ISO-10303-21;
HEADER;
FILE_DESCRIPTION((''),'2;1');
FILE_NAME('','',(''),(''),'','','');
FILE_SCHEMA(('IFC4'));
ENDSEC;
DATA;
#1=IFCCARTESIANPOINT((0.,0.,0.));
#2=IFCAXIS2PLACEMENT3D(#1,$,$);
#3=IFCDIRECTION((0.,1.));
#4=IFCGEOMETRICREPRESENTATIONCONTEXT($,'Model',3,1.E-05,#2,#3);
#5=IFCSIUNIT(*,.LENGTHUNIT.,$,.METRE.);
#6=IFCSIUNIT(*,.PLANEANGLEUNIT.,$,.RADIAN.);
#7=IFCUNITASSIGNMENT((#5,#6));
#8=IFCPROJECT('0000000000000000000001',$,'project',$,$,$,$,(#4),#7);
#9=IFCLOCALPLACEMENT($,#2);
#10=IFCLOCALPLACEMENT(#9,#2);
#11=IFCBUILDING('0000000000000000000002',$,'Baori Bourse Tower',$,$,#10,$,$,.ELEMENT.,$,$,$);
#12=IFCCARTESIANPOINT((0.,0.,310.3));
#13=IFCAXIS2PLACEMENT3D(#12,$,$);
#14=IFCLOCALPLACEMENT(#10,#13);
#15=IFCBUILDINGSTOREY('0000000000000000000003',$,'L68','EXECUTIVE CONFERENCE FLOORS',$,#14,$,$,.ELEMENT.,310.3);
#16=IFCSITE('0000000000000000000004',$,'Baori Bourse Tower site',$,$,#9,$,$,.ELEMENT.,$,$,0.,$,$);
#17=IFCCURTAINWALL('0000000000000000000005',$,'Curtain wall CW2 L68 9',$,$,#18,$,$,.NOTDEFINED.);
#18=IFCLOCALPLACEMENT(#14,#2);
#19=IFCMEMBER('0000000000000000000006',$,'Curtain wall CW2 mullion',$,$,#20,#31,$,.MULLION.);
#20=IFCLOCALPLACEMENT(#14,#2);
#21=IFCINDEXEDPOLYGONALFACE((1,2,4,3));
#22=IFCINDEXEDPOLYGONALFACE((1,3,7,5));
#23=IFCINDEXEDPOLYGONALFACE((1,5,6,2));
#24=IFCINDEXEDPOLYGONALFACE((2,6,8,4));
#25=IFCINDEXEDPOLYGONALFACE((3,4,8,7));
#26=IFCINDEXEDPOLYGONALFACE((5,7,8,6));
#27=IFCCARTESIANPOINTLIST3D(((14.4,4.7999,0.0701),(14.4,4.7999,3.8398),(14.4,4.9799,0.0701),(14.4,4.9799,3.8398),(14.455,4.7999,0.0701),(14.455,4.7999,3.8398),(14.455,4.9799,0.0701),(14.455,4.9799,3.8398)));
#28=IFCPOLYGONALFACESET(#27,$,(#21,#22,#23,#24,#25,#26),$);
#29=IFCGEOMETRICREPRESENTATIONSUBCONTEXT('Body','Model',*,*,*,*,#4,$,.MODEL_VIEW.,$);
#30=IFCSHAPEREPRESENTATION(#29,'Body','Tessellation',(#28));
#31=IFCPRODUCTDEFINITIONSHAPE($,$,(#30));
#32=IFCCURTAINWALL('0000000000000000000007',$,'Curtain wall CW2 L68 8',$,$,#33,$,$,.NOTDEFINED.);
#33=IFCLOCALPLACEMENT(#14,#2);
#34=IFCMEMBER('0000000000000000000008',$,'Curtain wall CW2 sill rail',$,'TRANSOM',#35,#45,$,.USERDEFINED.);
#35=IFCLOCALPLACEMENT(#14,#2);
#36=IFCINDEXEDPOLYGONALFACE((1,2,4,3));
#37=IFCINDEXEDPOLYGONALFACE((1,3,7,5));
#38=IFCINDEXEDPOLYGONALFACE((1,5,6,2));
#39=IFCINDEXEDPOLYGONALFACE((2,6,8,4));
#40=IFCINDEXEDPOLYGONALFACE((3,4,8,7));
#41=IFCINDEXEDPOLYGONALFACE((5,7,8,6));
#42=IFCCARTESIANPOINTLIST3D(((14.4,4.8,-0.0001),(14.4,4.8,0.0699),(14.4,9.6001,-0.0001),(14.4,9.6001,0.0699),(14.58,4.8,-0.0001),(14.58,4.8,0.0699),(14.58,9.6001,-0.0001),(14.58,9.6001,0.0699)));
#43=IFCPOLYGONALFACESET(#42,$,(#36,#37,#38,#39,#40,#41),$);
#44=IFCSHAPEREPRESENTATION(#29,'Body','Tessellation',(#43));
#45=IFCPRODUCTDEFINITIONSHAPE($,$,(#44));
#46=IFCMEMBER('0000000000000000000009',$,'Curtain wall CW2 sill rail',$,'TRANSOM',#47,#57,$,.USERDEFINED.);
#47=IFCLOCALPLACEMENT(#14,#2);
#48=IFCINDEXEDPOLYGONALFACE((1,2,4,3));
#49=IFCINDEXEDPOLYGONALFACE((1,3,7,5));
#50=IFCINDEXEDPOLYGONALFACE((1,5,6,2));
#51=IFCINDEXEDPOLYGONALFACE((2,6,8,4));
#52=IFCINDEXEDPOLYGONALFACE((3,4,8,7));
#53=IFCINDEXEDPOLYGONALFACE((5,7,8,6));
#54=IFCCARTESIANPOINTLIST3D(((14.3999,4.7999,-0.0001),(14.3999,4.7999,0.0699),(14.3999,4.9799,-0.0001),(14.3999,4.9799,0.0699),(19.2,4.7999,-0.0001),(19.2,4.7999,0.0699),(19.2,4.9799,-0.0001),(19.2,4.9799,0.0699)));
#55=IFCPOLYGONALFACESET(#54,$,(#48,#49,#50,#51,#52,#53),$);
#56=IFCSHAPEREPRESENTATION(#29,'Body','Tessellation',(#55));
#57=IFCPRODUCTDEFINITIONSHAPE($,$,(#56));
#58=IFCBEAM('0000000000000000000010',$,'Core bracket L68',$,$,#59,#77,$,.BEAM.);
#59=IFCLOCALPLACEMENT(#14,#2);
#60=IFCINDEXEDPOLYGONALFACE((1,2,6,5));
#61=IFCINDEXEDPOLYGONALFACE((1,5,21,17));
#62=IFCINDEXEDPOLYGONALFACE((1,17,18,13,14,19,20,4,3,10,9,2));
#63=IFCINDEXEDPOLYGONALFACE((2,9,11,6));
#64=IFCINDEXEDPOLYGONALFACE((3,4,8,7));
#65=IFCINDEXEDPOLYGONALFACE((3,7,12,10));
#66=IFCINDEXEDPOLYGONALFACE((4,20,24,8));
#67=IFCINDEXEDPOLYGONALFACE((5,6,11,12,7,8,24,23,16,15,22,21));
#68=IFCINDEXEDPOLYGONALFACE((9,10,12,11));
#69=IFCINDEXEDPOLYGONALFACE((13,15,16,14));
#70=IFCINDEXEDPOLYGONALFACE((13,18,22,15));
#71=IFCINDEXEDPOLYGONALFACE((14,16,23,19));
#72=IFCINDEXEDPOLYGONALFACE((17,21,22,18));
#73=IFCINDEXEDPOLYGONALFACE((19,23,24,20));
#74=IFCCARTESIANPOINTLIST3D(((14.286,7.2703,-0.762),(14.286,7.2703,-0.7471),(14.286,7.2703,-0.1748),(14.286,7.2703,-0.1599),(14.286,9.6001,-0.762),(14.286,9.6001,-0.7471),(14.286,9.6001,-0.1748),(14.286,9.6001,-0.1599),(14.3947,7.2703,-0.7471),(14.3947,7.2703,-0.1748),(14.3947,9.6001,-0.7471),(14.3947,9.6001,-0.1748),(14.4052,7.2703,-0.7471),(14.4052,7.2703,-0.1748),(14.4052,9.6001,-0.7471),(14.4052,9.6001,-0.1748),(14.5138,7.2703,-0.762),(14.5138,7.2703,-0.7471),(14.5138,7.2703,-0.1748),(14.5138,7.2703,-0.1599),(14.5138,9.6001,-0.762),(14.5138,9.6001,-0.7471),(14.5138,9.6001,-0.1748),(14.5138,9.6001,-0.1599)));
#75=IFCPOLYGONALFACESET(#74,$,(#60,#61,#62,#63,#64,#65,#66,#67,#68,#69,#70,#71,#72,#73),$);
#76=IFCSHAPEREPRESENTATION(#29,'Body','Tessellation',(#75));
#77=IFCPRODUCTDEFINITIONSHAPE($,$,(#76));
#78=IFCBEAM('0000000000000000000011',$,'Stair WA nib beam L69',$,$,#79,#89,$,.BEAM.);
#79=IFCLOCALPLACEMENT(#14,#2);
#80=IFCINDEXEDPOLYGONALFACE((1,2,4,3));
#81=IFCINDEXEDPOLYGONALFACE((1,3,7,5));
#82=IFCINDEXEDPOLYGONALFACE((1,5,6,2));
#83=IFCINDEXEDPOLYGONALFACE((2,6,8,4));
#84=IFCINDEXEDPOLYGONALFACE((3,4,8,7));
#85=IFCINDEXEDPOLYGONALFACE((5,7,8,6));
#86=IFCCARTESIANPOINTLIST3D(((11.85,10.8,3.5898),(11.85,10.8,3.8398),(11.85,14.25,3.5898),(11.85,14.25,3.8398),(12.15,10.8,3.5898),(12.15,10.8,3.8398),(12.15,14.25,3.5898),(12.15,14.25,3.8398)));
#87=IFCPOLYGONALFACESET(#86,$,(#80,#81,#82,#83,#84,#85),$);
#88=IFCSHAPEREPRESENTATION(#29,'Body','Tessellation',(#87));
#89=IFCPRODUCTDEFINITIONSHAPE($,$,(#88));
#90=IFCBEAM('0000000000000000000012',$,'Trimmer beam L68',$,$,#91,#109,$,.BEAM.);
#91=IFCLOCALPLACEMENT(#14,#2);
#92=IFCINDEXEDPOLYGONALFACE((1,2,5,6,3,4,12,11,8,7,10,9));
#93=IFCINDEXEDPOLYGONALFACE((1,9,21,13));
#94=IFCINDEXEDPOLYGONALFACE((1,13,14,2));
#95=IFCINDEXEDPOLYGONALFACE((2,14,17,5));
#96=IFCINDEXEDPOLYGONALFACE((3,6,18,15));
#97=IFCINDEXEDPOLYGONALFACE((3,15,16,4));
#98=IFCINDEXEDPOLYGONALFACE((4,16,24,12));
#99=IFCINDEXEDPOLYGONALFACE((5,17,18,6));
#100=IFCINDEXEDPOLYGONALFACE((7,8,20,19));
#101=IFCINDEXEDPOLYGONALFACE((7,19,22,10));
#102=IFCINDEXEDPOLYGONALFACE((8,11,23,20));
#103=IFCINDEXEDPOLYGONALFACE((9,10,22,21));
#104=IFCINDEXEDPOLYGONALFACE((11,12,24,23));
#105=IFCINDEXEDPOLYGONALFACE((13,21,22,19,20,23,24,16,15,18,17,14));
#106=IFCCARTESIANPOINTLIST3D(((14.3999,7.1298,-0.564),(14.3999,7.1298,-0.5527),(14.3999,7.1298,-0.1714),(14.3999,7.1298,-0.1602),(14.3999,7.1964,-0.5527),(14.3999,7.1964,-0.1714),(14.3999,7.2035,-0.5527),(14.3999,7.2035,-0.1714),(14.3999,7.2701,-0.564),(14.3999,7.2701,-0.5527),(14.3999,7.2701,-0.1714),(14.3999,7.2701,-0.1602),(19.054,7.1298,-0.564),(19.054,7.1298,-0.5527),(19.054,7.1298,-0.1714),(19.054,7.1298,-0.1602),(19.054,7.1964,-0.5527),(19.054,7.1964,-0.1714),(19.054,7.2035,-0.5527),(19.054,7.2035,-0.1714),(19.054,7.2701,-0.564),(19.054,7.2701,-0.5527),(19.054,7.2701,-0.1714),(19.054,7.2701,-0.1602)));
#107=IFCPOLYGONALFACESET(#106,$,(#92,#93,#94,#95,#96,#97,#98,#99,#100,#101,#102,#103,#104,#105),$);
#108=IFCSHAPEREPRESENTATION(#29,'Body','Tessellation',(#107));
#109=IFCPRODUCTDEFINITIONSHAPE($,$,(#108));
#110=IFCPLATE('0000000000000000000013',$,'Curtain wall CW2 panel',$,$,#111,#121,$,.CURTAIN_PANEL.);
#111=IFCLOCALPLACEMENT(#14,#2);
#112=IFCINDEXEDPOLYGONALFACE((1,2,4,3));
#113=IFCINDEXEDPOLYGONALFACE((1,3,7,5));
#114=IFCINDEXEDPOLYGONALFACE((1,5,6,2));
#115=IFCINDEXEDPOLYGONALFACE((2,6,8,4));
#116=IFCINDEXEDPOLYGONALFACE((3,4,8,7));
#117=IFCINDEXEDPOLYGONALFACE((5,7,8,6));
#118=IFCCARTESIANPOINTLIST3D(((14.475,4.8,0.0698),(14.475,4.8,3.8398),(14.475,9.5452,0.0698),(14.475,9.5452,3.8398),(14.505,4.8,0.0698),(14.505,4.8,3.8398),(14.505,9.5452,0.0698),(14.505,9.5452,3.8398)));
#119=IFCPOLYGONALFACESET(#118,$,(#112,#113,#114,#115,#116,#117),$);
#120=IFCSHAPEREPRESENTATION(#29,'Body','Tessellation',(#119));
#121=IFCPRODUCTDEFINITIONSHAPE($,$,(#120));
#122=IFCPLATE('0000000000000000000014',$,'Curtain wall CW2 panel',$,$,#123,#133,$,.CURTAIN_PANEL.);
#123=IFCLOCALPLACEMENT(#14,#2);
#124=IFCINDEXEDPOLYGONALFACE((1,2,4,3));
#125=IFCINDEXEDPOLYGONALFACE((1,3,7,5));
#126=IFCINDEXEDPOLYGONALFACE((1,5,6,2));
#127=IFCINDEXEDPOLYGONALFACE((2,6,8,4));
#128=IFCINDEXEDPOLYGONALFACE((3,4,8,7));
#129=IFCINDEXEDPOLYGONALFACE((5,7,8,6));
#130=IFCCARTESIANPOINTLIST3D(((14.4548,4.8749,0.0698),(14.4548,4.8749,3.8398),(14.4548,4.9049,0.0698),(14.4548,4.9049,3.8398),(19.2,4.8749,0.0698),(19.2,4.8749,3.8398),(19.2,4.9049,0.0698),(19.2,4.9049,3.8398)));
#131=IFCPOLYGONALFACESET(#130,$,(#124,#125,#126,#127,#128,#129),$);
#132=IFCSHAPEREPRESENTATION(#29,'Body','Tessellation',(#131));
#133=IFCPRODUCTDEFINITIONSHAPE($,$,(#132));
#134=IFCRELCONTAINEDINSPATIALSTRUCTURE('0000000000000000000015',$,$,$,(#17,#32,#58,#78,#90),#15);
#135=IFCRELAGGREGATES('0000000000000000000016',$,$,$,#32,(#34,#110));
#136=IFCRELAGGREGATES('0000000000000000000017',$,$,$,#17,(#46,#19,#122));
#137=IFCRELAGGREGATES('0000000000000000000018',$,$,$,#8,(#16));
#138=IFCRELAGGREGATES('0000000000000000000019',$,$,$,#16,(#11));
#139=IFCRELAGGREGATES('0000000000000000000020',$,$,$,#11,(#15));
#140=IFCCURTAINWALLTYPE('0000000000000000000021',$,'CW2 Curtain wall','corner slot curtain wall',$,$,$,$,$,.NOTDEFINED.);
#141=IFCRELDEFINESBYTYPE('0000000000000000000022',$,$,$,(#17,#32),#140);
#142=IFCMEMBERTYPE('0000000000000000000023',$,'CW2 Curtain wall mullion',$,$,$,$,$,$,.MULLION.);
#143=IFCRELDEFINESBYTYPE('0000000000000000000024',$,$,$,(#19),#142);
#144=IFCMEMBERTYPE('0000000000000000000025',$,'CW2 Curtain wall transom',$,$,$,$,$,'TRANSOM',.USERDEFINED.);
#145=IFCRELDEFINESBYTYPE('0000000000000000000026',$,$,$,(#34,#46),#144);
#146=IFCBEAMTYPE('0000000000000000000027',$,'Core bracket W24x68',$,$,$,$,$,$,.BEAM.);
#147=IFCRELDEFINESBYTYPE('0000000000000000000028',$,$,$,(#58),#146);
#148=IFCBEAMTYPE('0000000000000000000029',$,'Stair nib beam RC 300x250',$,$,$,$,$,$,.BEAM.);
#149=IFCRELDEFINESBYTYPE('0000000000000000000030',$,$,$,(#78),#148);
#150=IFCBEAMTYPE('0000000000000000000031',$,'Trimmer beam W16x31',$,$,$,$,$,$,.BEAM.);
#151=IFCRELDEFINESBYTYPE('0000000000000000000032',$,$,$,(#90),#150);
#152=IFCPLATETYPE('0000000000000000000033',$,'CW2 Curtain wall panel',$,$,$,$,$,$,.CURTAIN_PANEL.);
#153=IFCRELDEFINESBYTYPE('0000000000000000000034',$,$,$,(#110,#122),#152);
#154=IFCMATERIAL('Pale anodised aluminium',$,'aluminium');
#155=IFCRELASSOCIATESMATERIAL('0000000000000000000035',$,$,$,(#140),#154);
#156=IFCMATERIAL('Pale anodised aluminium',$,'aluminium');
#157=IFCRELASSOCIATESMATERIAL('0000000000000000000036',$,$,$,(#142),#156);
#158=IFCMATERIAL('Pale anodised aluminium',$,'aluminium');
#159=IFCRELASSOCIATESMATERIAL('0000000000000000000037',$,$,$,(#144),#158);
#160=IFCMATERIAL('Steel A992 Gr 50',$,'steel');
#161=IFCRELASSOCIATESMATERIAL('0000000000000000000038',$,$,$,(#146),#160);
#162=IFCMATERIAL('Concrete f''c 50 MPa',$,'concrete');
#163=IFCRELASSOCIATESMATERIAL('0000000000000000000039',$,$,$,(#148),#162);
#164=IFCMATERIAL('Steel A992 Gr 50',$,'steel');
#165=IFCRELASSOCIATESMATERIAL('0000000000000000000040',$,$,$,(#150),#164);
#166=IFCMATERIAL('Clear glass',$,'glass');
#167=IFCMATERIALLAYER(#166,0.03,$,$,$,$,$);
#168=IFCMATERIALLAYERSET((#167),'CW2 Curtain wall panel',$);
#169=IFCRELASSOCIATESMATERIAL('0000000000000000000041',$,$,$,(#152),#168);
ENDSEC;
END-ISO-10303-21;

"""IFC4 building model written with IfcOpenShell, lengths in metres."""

from ifc_helpers import new_model, si_unit, direction, frame, origin, origin_2d, place, context, subcontext, project, spatial, rectangle, i_section, extrude, material, layer, layer_set, material_profile, profile_set, type_object, element, aggregate, save


model = new_model("IFC4")

# Units and contexts
model_context = context("Model", 3, precision=1e-05, world=origin(), true_north=direction((0.0, 1.0)))
body_context = subcontext(model_context, "Body", "Model", "MODEL_VIEW")
ifc_project = project(units=[si_unit("LENGTHUNIT", "METRE"), si_unit("PLANEANGLEUNIT", "RADIAN")], contexts=[model_context])

# Site, building, storey
site_placement = place(None, origin())
site = spatial("IfcSite", under=ifc_project, at=site_placement, Name="Baori Bourse Tower site", CompositionType="ELEMENT", RefElevation=0.0)
building_placement = place(site_placement, origin())
building = spatial("IfcBuilding", under=site, at=building_placement, Name="Baori Bourse Tower", CompositionType="ELEMENT")
storey_placement = place(building_placement, frame((0.0, 0.0, 310.3)))
storey = spatial("IfcBuildingStorey", under=building, at=storey_placement, Name="L68", Description="EXECUTIVE CONFERENCE FLOORS", CompositionType="ELEMENT", Elevation=310.3)

# Curtain walls, members
ifc_material_1 = material(Name="Pale anodised aluminium", Category="aluminium")
curtain_wall_type = type_object("IfcCurtainWallType", Name="CW2 Curtain wall", Description="corner slot curtain wall", PredefinedType="NOTDEFINED", material=ifc_material_1)
curtain_wall_1_placement = place(storey_placement, origin())
curtain_wall_1 = element("IfcCurtainWall", 1, at=curtain_wall_1_placement, inside=storey, type_object=curtain_wall_type, Name="Curtain wall CW2 L68 9", PredefinedType="NOTDEFINED")
ifc_material_2 = material(Name="Pale anodised aluminium", Category="aluminium")
ifc_material_profile_1 = material_profile(ifc_material_2, rectangle(XDim=0.1799, YDim=0.0549, at=origin_2d()), Name="Mullion 55x180")
ifc_profile_set_1 = profile_set([ifc_material_profile_1], Name="Pale anodised aluminium")
member_type_1 = type_object("IfcMemberType", Name="CW2 Curtain wall mullion", PredefinedType="MULLION", material=ifc_profile_set_1)
member_1_placement = place(storey_placement, frame((14.4275, 4.8899, 0.0701), z_axis=(0.0, 0.0, 1.0), x_axis=(0.0, 1.0, 0.0)))
member_1 = element("IfcMember", 2, at=member_1_placement, type_object=member_type_1, Name="Curtain wall CW2 mullion", PredefinedType="MULLION", context=body_context, shape_type="SweptSolid", body=[
    extrude(rectangle(XDim=0.1799, YDim=0.0549, at=origin_2d()), origin(), (0.0, 0.0, 1.0), 3.7698),
])
curtain_wall_2_placement = place(storey_placement, origin())
curtain_wall_2 = element("IfcCurtainWall", 3, at=curtain_wall_2_placement, inside=storey, type_object=curtain_wall_type, Name="Curtain wall CW2 L68 8", PredefinedType="NOTDEFINED")
ifc_material_3 = material(Name="Pale anodised aluminium", Category="aluminium")
ifc_material_profile_2 = material_profile(ifc_material_3, rectangle(XDim=0.1799, YDim=0.0701, at=origin_2d()), Name="Transom 70x180")
ifc_profile_set_2 = profile_set([ifc_material_profile_2], Name="Pale anodised aluminium")
member_type_2 = type_object("IfcMemberType", Name="CW2 Curtain wall transom", ElementType="TRANSOM", PredefinedType="USERDEFINED", material=ifc_profile_set_2)
member_2_placement = place(storey_placement, frame((14.49, 9.6001, 0.0349), z_axis=(0.0, -1.0, 0.0), x_axis=(1.0, 0.0, 0.0)))
member_2 = element("IfcMember", 4, at=member_2_placement, type_object=member_type_2, Name="Curtain wall CW2 sill rail", ObjectType="TRANSOM", PredefinedType="USERDEFINED", context=body_context, shape_type="SweptSolid", body=[
    extrude(rectangle(XDim=0.1799, YDim=0.0701, at=origin_2d()), origin(), (0.0, 0.0, 1.0), 4.8),
])

# Member
member_3_placement = place(storey_placement, frame((14.3999, 4.8899, 0.0349), z_axis=(1.0, 0.0, 0.0), x_axis=(0.0, 1.0, 0.0)))
member_3 = element("IfcMember", 5, at=member_3_placement, type_object=member_type_2, Name="Curtain wall CW2 sill rail", ObjectType="TRANSOM", PredefinedType="USERDEFINED", context=body_context, shape_type="SweptSolid", body=[
    extrude(rectangle(XDim=0.1799, YDim=0.0701, at=origin_2d()), origin(), (0.0, 0.0, 1.0), 4.8),
])

# Beams
ifc_material_4 = material(Name="Steel A992 Gr 50", Category="steel")
ifc_material_profile_3 = material_profile(ifc_material_4, i_section(OverallWidth=0.2278, OverallDepth=0.6021, WebThickness=0.0105, FlangeThickness=0.0149, at=origin_2d()), Name="W24x68")
ifc_profile_set_3 = profile_set([ifc_material_profile_3], Name="Steel A992 Gr 50")
beam_type_1 = type_object("IfcBeamType", Name="Core bracket W24x68", PredefinedType="BEAM", material=ifc_profile_set_3)
beam_1_placement = place(storey_placement, frame((14.3999, 7.2703, -0.4609), z_axis=(0.0, 1.0, 0.0), x_axis=(-1.0, 0.0, 0.0)))
element("IfcBeam", 6, at=beam_1_placement, inside=storey, type_object=beam_type_1, Name="Core bracket L68", PredefinedType="BEAM", context=body_context, shape_type="SweptSolid", body=[
    extrude(i_section(OverallWidth=0.2278, OverallDepth=0.6021, WebThickness=0.0105, FlangeThickness=0.0149, at=origin_2d()), origin(), (0.0, 0.0, 1.0), 2.3298),
])
ifc_material_5 = material(Name="Concrete f'c 50 MPa", Category="concrete")
ifc_material_profile_4 = material_profile(ifc_material_5, rectangle(XDim=0.3, YDim=0.25, at=origin_2d()), Name="RC 300x250")
ifc_profile_set_4 = profile_set([ifc_material_profile_4], Name="Concrete f'c 50 MPa")
beam_type_2 = type_object("IfcBeamType", Name="Stair nib beam RC 300x250", PredefinedType="BEAM", material=ifc_profile_set_4)
beam_2_placement = place(storey_placement, frame((12.0, 10.8, 3.7148), z_axis=(0.0, 1.0, 0.0), x_axis=(-1.0, 0.0, 0.0)))
element("IfcBeam", 7, at=beam_2_placement, inside=storey, type_object=beam_type_2, Name="Stair WA nib beam L69", PredefinedType="BEAM", context=body_context, shape_type="SweptSolid", body=[
    extrude(rectangle(XDim=0.3, YDim=0.25, at=origin_2d()), origin(), (0.0, 0.0, 1.0), 3.45),
])
ifc_material_6 = material(Name="Steel A992 Gr 50", Category="steel")
ifc_material_profile_5 = material_profile(ifc_material_6, i_section(OverallWidth=0.1404, OverallDepth=0.4038, WebThickness=0.0071, FlangeThickness=0.0112, at=origin_2d()), Name="W16x31")
ifc_profile_set_5 = profile_set([ifc_material_profile_5], Name="Steel A992 Gr 50")
beam_type_3 = type_object("IfcBeamType", Name="Trimmer beam W16x31", PredefinedType="BEAM", material=ifc_profile_set_5)
beam_3_placement = place(storey_placement, frame((14.3999, 7.2, -0.3621), z_axis=(1.0, 0.0, 0.0), x_axis=(0.0, 1.0, 0.0)))
element("IfcBeam", 8, at=beam_3_placement, inside=storey, type_object=beam_type_3, Name="Trimmer beam L68", PredefinedType="BEAM", context=body_context, shape_type="SweptSolid", body=[
    extrude(i_section(OverallWidth=0.1404, OverallDepth=0.4038, WebThickness=0.0071, FlangeThickness=0.0112, at=origin_2d()), origin(), (0.0, 0.0, 1.0), 4.6541),
])

# Plates
ifc_material_7 = material(Name="Clear glass", Category="glass")
ifc_layer_1 = layer(ifc_material_7, 0.03)
ifc_layer_set_1 = layer_set([ifc_layer_1], Name="CW2 Curtain wall panel")
plate_type = type_object("IfcPlateType", Name="CW2 Curtain wall panel", PredefinedType="CURTAIN_PANEL", material=ifc_layer_set_1)
plate_1_placement = place(storey_placement, frame((14.49, 7.1726, 0.0698), z_axis=(0.0, 0.0, 1.0), x_axis=(0.0, -1.0, 0.0)))
plate_1 = element("IfcPlate", 9, at=plate_1_placement, type_object=plate_type, Name="Curtain wall CW2 panel", PredefinedType="CURTAIN_PANEL", context=body_context, shape_type="SweptSolid", body=[
    extrude(rectangle(XDim=4.7451, YDim=0.03, at=origin_2d()), origin(), (0.0, 0.0, 1.0), 3.77),
])
aggregate(curtain_wall_2, [member_2, plate_1])
plate_2_placement = place(storey_placement, frame((16.8274, 4.8899, 0.0698), z_axis=(0.0, 0.0, 1.0), x_axis=(1.0, 0.0, 0.0)))
plate_2 = element("IfcPlate", 10, at=plate_2_placement, type_object=plate_type, Name="Curtain wall CW2 panel", PredefinedType="CURTAIN_PANEL", context=body_context, shape_type="SweptSolid", body=[
    extrude(rectangle(XDim=4.7451, YDim=0.03, at=origin_2d()), origin(), (0.0, 0.0, 1.0), 3.77),
])
aggregate(curtain_wall_1, [member_3, member_1, plate_2])

save(model, "model.ifc")
